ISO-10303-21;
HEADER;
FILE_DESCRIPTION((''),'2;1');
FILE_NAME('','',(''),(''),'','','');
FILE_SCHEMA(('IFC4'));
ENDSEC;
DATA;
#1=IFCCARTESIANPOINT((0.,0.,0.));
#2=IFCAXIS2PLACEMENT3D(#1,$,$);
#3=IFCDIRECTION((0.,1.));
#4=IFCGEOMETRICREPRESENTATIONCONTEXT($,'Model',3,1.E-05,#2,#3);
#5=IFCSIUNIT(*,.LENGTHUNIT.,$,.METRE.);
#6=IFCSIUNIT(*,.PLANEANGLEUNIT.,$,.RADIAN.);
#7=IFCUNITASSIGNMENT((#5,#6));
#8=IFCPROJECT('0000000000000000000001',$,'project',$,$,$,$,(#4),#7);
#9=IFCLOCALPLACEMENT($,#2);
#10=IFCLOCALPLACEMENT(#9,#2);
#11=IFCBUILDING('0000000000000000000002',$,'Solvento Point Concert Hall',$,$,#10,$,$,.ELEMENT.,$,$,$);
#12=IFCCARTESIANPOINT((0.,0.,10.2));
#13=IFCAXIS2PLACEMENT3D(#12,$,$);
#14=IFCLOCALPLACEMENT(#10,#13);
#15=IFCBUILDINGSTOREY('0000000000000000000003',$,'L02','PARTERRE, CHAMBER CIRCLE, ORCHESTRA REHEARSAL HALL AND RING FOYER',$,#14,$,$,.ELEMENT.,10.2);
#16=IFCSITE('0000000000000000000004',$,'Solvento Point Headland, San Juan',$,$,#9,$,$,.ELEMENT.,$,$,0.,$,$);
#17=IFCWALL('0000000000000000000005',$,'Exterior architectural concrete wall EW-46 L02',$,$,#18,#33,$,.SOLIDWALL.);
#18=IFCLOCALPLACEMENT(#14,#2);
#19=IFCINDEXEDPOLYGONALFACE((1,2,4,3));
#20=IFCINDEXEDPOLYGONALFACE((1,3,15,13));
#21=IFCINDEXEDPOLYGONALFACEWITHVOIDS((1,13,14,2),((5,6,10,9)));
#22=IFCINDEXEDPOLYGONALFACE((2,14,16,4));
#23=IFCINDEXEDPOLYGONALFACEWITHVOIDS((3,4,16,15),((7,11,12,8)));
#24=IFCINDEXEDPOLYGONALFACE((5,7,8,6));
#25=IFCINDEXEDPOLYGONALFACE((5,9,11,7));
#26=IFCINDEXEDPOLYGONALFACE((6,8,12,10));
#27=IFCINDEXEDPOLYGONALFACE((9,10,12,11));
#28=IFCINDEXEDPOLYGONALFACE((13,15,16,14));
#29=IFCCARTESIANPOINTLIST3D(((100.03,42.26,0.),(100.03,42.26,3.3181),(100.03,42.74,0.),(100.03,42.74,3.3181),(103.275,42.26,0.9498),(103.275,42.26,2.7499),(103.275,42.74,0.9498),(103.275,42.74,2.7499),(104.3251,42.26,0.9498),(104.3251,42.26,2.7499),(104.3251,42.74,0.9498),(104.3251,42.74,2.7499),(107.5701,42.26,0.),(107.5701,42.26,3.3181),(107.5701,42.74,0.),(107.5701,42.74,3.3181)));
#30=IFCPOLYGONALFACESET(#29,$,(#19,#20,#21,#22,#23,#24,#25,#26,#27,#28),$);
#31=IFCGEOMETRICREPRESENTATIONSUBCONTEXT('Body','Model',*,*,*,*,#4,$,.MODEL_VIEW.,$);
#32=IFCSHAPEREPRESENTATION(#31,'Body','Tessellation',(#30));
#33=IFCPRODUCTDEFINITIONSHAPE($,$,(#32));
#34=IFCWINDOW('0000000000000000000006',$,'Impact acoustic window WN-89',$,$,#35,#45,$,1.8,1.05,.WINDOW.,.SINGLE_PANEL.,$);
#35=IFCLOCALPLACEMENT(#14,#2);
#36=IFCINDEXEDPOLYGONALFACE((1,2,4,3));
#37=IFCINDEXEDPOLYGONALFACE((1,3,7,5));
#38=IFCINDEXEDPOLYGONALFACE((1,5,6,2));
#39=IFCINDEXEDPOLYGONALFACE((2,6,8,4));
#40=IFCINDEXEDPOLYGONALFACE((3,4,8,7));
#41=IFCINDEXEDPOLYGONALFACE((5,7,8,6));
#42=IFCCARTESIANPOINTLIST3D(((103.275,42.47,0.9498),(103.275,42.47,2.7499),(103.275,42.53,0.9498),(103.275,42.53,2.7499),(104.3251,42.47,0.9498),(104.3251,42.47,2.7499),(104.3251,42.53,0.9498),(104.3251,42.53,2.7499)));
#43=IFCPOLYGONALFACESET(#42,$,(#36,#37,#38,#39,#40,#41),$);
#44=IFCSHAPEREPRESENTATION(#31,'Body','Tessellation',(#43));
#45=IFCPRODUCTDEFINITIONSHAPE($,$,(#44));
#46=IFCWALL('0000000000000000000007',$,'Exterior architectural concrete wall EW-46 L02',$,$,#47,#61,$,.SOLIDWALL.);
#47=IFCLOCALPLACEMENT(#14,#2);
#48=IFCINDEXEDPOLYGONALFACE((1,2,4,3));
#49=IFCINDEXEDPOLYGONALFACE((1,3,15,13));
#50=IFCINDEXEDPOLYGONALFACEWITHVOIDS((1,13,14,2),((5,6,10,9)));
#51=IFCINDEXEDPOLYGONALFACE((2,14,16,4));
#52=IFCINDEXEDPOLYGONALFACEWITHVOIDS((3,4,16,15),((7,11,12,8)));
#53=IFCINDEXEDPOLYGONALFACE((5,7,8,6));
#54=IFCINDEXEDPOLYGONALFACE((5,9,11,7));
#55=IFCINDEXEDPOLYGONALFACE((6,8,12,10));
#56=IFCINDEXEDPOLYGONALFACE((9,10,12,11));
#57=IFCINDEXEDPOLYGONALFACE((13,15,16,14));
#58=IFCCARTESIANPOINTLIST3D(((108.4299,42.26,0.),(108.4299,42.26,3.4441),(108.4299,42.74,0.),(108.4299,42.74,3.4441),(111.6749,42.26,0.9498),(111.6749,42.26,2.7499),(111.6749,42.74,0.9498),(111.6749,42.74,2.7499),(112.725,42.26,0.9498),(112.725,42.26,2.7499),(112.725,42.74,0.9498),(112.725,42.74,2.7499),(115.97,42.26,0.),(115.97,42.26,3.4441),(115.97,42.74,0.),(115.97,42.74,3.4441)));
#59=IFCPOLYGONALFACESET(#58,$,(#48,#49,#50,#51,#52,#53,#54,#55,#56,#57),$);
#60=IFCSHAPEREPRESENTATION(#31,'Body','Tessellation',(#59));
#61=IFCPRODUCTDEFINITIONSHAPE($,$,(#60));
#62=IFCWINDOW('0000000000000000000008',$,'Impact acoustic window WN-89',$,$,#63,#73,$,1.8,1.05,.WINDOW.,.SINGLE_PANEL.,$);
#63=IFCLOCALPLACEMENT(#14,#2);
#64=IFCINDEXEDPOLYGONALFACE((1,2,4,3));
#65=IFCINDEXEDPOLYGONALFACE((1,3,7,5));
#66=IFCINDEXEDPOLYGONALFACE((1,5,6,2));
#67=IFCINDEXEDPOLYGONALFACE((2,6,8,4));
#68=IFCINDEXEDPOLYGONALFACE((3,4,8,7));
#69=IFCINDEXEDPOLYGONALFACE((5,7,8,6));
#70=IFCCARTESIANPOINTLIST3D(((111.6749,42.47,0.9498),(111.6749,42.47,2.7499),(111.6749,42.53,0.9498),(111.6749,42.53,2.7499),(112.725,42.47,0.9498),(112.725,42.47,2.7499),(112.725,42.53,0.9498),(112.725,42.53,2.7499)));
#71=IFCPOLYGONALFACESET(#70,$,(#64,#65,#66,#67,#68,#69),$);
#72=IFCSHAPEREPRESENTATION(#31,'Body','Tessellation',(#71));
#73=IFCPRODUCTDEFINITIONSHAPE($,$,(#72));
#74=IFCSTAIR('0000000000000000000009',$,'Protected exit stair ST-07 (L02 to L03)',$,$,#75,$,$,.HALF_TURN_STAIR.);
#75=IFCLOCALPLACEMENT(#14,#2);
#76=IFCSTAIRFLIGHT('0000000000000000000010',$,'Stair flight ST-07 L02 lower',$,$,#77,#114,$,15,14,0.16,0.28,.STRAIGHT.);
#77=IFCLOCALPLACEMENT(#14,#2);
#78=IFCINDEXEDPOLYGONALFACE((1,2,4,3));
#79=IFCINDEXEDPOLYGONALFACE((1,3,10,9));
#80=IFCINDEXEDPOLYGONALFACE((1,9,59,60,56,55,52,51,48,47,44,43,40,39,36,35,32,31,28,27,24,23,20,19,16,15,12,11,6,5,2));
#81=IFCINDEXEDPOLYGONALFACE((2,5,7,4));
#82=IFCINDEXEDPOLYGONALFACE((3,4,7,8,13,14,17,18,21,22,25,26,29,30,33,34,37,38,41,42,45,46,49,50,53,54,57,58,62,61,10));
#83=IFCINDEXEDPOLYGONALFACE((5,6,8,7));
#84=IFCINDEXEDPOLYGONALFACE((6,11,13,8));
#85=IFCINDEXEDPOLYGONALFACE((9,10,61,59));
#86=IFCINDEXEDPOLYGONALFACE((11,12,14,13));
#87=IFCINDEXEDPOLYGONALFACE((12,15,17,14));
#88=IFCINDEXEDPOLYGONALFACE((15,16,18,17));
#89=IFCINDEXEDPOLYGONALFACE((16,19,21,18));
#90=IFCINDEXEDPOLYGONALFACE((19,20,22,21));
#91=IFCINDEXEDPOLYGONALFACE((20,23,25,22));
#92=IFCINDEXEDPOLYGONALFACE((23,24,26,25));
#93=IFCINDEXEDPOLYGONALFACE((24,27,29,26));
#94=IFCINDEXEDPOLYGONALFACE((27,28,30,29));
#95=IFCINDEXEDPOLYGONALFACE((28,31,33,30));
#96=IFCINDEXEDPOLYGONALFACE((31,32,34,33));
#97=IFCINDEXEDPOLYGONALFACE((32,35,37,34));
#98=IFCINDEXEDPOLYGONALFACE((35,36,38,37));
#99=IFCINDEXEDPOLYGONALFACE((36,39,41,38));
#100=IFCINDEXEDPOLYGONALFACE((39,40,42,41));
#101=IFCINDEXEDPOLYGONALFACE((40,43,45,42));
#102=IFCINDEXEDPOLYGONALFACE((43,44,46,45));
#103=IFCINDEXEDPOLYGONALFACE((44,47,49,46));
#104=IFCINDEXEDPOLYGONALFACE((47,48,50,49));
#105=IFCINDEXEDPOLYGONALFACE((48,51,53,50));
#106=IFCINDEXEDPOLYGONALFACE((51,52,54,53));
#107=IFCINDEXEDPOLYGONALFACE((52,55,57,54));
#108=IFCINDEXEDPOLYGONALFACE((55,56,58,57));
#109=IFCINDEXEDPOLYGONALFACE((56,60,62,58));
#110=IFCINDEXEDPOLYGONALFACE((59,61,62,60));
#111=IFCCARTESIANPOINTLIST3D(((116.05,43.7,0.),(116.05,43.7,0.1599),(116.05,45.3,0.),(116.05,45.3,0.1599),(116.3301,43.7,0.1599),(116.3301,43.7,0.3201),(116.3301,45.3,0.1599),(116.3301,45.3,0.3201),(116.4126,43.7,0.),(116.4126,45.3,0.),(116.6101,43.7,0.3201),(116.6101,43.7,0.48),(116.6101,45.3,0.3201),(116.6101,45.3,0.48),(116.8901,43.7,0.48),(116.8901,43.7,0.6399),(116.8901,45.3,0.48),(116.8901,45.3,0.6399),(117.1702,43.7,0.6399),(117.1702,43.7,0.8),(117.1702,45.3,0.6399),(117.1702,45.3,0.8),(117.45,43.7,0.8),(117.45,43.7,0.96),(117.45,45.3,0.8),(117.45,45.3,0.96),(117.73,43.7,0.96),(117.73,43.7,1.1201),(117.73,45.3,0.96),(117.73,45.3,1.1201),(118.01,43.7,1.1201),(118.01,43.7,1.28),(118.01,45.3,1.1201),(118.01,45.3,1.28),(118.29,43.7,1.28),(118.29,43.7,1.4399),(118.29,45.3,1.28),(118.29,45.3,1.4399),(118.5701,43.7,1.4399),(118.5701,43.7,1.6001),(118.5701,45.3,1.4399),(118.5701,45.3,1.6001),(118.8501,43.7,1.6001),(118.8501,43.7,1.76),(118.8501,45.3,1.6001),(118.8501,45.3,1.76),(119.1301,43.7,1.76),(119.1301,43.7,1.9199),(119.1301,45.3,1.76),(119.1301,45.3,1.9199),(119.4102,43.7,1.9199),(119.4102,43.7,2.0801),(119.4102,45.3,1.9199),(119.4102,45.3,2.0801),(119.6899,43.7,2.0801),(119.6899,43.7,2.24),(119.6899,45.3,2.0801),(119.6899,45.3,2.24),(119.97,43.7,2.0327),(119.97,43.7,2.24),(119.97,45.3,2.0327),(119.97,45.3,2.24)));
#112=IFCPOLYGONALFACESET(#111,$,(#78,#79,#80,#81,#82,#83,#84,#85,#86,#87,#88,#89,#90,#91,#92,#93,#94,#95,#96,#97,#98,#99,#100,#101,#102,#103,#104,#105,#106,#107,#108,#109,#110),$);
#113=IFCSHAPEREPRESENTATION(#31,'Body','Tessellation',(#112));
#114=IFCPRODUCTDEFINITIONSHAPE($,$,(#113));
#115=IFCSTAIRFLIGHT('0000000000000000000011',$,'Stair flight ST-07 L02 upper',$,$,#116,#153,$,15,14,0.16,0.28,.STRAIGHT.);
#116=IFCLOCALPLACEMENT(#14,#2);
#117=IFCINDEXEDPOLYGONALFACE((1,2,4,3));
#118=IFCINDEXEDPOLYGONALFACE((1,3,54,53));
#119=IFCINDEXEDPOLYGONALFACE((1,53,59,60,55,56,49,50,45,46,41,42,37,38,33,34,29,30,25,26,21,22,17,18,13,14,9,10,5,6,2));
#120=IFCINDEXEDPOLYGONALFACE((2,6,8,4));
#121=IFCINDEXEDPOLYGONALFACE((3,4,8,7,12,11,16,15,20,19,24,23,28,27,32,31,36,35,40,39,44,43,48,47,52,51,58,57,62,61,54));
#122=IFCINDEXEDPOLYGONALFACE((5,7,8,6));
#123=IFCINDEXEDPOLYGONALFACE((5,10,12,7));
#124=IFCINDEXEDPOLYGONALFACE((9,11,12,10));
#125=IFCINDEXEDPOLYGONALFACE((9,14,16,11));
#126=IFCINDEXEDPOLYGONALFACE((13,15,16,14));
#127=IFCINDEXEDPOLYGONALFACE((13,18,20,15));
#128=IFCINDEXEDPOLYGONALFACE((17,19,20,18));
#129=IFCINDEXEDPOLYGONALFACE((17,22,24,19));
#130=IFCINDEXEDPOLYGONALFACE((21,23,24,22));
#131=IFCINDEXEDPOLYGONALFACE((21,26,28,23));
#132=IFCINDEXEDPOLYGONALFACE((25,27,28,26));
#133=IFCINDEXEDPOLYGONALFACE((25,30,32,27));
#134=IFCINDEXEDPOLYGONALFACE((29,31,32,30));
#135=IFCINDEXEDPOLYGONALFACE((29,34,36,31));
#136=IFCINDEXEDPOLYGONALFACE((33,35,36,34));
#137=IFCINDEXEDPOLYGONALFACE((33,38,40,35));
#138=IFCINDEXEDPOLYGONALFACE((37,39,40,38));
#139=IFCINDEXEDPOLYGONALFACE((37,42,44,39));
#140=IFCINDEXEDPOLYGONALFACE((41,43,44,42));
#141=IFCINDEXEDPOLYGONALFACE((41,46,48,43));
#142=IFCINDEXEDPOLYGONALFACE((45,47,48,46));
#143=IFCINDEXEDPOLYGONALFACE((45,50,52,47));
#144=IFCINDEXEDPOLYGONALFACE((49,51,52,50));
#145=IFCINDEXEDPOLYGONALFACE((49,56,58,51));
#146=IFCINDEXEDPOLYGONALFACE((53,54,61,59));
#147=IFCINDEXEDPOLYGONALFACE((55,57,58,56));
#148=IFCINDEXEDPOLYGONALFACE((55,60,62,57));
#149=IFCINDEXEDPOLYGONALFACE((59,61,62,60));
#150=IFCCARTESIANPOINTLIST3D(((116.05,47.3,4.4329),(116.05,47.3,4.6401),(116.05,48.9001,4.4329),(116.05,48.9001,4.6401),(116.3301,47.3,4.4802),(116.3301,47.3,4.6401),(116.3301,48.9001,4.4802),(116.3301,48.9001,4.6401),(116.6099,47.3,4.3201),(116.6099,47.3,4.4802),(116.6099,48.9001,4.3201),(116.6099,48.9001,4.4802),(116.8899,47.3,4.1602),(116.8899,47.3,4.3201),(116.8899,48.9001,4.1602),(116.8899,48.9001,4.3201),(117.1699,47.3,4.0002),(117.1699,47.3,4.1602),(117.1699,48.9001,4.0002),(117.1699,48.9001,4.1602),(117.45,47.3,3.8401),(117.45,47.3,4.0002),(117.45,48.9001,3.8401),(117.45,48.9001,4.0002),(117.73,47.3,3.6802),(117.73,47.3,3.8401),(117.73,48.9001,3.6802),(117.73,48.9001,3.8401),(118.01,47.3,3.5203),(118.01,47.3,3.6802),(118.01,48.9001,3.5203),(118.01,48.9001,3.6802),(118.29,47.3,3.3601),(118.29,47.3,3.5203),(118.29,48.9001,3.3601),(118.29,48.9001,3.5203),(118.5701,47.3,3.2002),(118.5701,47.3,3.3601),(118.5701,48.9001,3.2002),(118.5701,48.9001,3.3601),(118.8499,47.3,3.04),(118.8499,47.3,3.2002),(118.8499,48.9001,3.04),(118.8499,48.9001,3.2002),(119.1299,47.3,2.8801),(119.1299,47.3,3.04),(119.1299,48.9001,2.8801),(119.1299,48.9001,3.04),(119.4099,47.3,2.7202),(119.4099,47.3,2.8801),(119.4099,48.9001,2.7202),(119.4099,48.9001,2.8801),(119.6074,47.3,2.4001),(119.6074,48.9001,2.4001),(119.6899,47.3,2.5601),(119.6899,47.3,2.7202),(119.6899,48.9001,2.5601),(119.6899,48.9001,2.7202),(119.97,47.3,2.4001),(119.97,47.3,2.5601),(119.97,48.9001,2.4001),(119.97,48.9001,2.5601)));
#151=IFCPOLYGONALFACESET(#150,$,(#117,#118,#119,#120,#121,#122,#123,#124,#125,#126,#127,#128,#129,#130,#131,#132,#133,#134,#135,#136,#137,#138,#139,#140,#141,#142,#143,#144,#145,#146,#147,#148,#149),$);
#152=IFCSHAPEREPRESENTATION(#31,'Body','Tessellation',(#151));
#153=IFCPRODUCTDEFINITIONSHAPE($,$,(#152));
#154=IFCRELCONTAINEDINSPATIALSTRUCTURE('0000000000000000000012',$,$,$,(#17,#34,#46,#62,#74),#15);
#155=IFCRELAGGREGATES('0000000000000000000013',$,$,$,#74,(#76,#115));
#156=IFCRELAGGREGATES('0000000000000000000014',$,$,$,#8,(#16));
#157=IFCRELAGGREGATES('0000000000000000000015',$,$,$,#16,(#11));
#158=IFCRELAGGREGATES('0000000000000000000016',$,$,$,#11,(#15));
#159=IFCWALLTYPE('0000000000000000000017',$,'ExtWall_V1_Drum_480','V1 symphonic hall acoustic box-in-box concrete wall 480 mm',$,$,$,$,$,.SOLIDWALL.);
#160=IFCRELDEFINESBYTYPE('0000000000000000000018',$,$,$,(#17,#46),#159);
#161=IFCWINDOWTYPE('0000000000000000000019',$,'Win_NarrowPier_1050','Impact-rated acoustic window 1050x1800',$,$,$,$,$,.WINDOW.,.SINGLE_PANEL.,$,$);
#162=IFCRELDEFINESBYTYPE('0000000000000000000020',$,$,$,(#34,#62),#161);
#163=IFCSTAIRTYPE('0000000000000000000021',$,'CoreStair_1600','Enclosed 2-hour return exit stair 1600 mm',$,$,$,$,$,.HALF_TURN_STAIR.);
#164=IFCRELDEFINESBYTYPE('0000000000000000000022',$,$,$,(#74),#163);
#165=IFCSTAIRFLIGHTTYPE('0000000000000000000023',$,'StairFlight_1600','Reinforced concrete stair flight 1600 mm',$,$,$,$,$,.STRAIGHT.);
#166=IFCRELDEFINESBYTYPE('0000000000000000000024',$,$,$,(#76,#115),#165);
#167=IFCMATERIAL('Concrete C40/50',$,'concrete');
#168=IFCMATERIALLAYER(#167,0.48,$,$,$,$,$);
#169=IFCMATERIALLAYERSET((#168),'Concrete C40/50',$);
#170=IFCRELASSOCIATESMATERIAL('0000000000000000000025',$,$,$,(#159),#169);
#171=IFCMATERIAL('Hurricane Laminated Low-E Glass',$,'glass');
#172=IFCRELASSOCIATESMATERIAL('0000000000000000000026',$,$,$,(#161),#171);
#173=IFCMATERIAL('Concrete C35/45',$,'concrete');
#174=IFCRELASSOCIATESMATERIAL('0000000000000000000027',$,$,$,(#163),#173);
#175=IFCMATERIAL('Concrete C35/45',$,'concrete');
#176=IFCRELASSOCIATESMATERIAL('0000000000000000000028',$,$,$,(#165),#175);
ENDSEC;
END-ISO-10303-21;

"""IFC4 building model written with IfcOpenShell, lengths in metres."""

from ifc_helpers import new_model, si_unit, direction, frame, frame_2d, origin, place, context, subcontext, project, spatial, polyline, rectangle, outline, extrude, material, layer, layer_set, type_object, element, fill, aggregate, save


model = new_model("IFC4")

# Units and contexts
model_context = context("Model", 3, precision=1e-05, world=origin(), true_north=direction((0.0, 1.0)))
body_context = subcontext(model_context, "Body", "Model", "MODEL_VIEW")
ifc_project = project(units=[si_unit("LENGTHUNIT", "METRE"), si_unit("PLANEANGLEUNIT", "RADIAN")], contexts=[model_context])

# Site, building, storey
site_placement = place(None, origin())
site = spatial("IfcSite", under=ifc_project, at=site_placement, Name="Solvento Point Headland, San Juan", CompositionType="ELEMENT", RefElevation=0.0)
building_placement = place(site_placement, origin())
building = spatial("IfcBuilding", under=site, at=building_placement, Name="Solvento Point Concert Hall", CompositionType="ELEMENT")
storey_placement = place(building_placement, frame((0.0, 0.0, 10.2)))
storey = spatial("IfcBuildingStorey", under=building, at=storey_placement, Name="L02", Description="PARTERRE, CHAMBER CIRCLE, ORCHESTRA REHEARSAL HALL AND RING FOYER", CompositionType="ELEMENT", Elevation=10.2)

# Walls, openings, windows
ifc_material_1 = material(Name="Concrete C40/50", Category="concrete")
ifc_layer_1 = layer(ifc_material_1, 0.48)
ifc_layer_set_1 = layer_set([ifc_layer_1], Name="Concrete C40/50")
wall_type_1 = type_object("IfcWallType", Name="ExtWall_V1_Drum_480", Description="V1 symphonic hall acoustic box-in-box concrete wall 480 mm", PredefinedType="SOLIDWALL", material=ifc_layer_set_1)
wall_1_placement = place(storey_placement, frame((107.5701, 42.5, 0.0), z_axis=(0.0, 0.0, 1.0), x_axis=(-1.0, 0.0, 0.0)))
wall_1 = element("IfcWall", 1, at=wall_1_placement, inside=storey, type_object=wall_type_1, Name="Exterior architectural concrete wall EW-46 L02", PredefinedType="SOLIDWALL", context=body_context, shape_type="SweptSolid", body=[
    extrude(rectangle(XDim=7.54, YDim=0.48, at=frame_2d((3.77, 0.0))), origin(), (0.0, 0.0, 1.0), 3.3181),
])
opening_1_placement = place(wall_1_placement, frame((3.2451, 0.0, 0.95)))
opening_1 = element("IfcOpeningElement", 2, at=opening_1_placement, cuts=wall_1, PredefinedType="OPENING", context=body_context, shape_type="SweptSolid", body=[
    extrude(rectangle(XDim=1.05, YDim=1.8, at=frame_2d((0.5249, 0.8999))), frame((0.0, 0.25, 0.0), z_axis=(0.0, -1.0, 0.0), x_axis=(1.0, 0.0, 0.0)), (0.0, 0.0, 1.0), 0.5),
])
ifc_material_2 = material(Name="Hurricane Laminated Low-E Glass", Category="glass")
window_type = type_object("IfcWindowType", Name="Win_NarrowPier_1050", Description="Impact-rated acoustic window 1050x1800", PartitioningType="SINGLE_PANEL", PredefinedType="WINDOW", material=ifc_material_2)
window_1_placement = place(opening_1_placement, origin())
window_1 = element("IfcWindow", 3, at=window_1_placement, inside=storey, type_object=window_type, Name="Impact acoustic window WN-89", OverallHeight=1.8, OverallWidth=1.05, PartitioningType="SINGLE_PANEL", PredefinedType="WINDOW", context=body_context, shape_type="SweptSolid", body=[
    extrude(rectangle(XDim=1.05, YDim=1.8, at=frame_2d((0.5249, 0.8999))), frame((0.0, 0.03, 0.0), z_axis=(0.0, -1.0, 0.0), x_axis=(1.0, 0.0, 0.0)), (0.0, 0.0, 1.0), 0.0601),
])
fill(opening_1, window_1)
wall_2_placement = place(storey_placement, frame((115.97, 42.5, 0.0), z_axis=(0.0, 0.0, 1.0), x_axis=(-1.0, 0.0, 0.0)))
wall_2 = element("IfcWall", 4, at=wall_2_placement, inside=storey, type_object=wall_type_1, Name="Exterior architectural concrete wall EW-46 L02", PredefinedType="SOLIDWALL", context=body_context, shape_type="SweptSolid", body=[
    extrude(rectangle(XDim=7.54, YDim=0.48, at=frame_2d((3.77, 0.0))), origin(), (0.0, 0.0, 1.0), 3.4441),
])
opening_2_placement = place(wall_2_placement, frame((3.2451, 0.0, 0.95)))
opening_2 = element("IfcOpeningElement", 5, at=opening_2_placement, cuts=wall_2, PredefinedType="OPENING", context=body_context, shape_type="SweptSolid", body=[
    extrude(rectangle(XDim=1.05, YDim=1.8, at=frame_2d((0.5249, 0.8999))), frame((0.0, 0.25, 0.0), z_axis=(0.0, -1.0, 0.0), x_axis=(1.0, 0.0, 0.0)), (0.0, 0.0, 1.0), 0.5),
])
window_2_placement = place(opening_2_placement, origin())
window_2 = element("IfcWindow", 6, at=window_2_placement, inside=storey, type_object=window_type, Name="Impact acoustic window WN-89", OverallHeight=1.8, OverallWidth=1.05, PartitioningType="SINGLE_PANEL", PredefinedType="WINDOW", context=body_context, shape_type="SweptSolid", body=[
    extrude(rectangle(XDim=1.05, YDim=1.8, at=frame_2d((0.5249, 0.8999))), frame((0.0, 0.03, 0.0), z_axis=(0.0, -1.0, 0.0), x_axis=(1.0, 0.0, 0.0)), (0.0, 0.0, 1.0), 0.0601),
])
fill(opening_2, window_2)

# Stair, stair flights
ifc_material_3 = material(Name="Concrete C35/45", Category="concrete")
stair_type = type_object("IfcStairType", Name="CoreStair_1600", Description="Enclosed 2-hour return exit stair 1600 mm", PredefinedType="HALF_TURN_STAIR", material=ifc_material_3)
stair_placement = place(storey_placement, origin())
stair = element("IfcStair", 7, at=stair_placement, inside=storey, type_object=stair_type, Name="Protected exit stair ST-07 (L02 to L03)", PredefinedType="HALF_TURN_STAIR")
ifc_material_4 = material(Name="Concrete C35/45", Category="concrete")
stair_flight_type = type_object("IfcStairFlightType", Name="StairFlight_1600", Description="Reinforced concrete stair flight 1600 mm", PredefinedType="STRAIGHT", material=ifc_material_4)
stair_flight_1_placement = place(storey_placement, frame((116.05, 44.5, 0.0), z_axis=(0.0, 0.0, 1.0), x_axis=(1.0, 0.0, 0.0)))
stair_flight_1 = element("IfcStairFlight", 8, at=stair_flight_1_placement, type_object=stair_flight_type, Name="Stair flight ST-07 L02 lower", NumberOfRisers=15, NumberOfTreads=14, PredefinedType="STRAIGHT", RiserHeight=0.16, TreadLength=0.28, context=body_context, shape_type="SweptSolid", body=[
    extrude(outline(polyline([(0.0, 0.0), (0.0, 0.1599), (0.28, 0.1599), (0.28, 0.3201), (0.5601, 0.3201), (0.5601, 0.48), (0.8401, 0.48), (0.8401, 0.6399), (1.1201, 0.6399), (1.1201, 0.8), (1.3999, 0.8), (1.3999, 0.96), (1.6799, 0.96), (1.6799, 1.1201), (1.96, 1.1201), (1.96, 1.28), (2.24, 1.28), (2.24, 1.4399), (2.52, 1.4399), (2.52, 1.6001), (2.8, 1.6001), (2.8, 1.76), (3.0801, 1.76), (3.0801, 1.9199), (3.3601, 1.9199), (3.3601, 2.0801), (3.6399, 2.0801), (3.6399, 2.24), (3.9199, 2.24), (3.9199, 2.3999), (3.9199, 2.0327), (0.3625, 0.0), (0.0, 0.0)])), frame((0.0, 0.8, 0.0), z_axis=(0.0, -1.0, 0.0), x_axis=(1.0, 0.0, 0.0)), (0.0, 0.0, 1.0), 1.6001),
])
stair_flight_2_placement = place(storey_placement, frame((119.97, 48.1001, 2.4001), z_axis=(0.0, 0.0, 1.0), x_axis=(-1.0, 0.0, 0.0)))
stair_flight_2 = element("IfcStairFlight", 9, at=stair_flight_2_placement, type_object=stair_flight_type, Name="Stair flight ST-07 L02 upper", NumberOfRisers=15, NumberOfTreads=14, PredefinedType="STRAIGHT", RiserHeight=0.16, TreadLength=0.28, context=body_context, shape_type="SweptSolid", body=[
    extrude(outline(polyline([(0.0, 0.0), (0.0, 0.1599), (0.28, 0.1599), (0.28, 0.3201), (0.5601, 0.3201), (0.5601, 0.48), (0.8401, 0.48), (0.8401, 0.6399), (1.1201, 0.6399), (1.1201, 0.8), (1.3999, 0.8), (1.3999, 0.96), (1.6799, 0.96), (1.6799, 1.1201), (1.96, 1.1201), (1.96, 1.28), (2.24, 1.28), (2.24, 1.4399), (2.52, 1.4399), (2.52, 1.6001), (2.8, 1.6001), (2.8, 1.76), (3.0801, 1.76), (3.0801, 1.9199), (3.3601, 1.9199), (3.3601, 2.0801), (3.6399, 2.0801), (3.6399, 2.24), (3.9199, 2.24), (3.9199, 2.3999), (3.9199, 2.0327), (0.3625, 0.0), (0.0, 0.0)])), frame((0.0, 0.8, 0.0), z_axis=(0.0, -1.0, 0.0), x_axis=(1.0, 0.0, 0.0)), (0.0, 0.0, 1.0), 1.6001),
])
aggregate(stair, [stair_flight_1, stair_flight_2])

save(model, "model.ifc")
